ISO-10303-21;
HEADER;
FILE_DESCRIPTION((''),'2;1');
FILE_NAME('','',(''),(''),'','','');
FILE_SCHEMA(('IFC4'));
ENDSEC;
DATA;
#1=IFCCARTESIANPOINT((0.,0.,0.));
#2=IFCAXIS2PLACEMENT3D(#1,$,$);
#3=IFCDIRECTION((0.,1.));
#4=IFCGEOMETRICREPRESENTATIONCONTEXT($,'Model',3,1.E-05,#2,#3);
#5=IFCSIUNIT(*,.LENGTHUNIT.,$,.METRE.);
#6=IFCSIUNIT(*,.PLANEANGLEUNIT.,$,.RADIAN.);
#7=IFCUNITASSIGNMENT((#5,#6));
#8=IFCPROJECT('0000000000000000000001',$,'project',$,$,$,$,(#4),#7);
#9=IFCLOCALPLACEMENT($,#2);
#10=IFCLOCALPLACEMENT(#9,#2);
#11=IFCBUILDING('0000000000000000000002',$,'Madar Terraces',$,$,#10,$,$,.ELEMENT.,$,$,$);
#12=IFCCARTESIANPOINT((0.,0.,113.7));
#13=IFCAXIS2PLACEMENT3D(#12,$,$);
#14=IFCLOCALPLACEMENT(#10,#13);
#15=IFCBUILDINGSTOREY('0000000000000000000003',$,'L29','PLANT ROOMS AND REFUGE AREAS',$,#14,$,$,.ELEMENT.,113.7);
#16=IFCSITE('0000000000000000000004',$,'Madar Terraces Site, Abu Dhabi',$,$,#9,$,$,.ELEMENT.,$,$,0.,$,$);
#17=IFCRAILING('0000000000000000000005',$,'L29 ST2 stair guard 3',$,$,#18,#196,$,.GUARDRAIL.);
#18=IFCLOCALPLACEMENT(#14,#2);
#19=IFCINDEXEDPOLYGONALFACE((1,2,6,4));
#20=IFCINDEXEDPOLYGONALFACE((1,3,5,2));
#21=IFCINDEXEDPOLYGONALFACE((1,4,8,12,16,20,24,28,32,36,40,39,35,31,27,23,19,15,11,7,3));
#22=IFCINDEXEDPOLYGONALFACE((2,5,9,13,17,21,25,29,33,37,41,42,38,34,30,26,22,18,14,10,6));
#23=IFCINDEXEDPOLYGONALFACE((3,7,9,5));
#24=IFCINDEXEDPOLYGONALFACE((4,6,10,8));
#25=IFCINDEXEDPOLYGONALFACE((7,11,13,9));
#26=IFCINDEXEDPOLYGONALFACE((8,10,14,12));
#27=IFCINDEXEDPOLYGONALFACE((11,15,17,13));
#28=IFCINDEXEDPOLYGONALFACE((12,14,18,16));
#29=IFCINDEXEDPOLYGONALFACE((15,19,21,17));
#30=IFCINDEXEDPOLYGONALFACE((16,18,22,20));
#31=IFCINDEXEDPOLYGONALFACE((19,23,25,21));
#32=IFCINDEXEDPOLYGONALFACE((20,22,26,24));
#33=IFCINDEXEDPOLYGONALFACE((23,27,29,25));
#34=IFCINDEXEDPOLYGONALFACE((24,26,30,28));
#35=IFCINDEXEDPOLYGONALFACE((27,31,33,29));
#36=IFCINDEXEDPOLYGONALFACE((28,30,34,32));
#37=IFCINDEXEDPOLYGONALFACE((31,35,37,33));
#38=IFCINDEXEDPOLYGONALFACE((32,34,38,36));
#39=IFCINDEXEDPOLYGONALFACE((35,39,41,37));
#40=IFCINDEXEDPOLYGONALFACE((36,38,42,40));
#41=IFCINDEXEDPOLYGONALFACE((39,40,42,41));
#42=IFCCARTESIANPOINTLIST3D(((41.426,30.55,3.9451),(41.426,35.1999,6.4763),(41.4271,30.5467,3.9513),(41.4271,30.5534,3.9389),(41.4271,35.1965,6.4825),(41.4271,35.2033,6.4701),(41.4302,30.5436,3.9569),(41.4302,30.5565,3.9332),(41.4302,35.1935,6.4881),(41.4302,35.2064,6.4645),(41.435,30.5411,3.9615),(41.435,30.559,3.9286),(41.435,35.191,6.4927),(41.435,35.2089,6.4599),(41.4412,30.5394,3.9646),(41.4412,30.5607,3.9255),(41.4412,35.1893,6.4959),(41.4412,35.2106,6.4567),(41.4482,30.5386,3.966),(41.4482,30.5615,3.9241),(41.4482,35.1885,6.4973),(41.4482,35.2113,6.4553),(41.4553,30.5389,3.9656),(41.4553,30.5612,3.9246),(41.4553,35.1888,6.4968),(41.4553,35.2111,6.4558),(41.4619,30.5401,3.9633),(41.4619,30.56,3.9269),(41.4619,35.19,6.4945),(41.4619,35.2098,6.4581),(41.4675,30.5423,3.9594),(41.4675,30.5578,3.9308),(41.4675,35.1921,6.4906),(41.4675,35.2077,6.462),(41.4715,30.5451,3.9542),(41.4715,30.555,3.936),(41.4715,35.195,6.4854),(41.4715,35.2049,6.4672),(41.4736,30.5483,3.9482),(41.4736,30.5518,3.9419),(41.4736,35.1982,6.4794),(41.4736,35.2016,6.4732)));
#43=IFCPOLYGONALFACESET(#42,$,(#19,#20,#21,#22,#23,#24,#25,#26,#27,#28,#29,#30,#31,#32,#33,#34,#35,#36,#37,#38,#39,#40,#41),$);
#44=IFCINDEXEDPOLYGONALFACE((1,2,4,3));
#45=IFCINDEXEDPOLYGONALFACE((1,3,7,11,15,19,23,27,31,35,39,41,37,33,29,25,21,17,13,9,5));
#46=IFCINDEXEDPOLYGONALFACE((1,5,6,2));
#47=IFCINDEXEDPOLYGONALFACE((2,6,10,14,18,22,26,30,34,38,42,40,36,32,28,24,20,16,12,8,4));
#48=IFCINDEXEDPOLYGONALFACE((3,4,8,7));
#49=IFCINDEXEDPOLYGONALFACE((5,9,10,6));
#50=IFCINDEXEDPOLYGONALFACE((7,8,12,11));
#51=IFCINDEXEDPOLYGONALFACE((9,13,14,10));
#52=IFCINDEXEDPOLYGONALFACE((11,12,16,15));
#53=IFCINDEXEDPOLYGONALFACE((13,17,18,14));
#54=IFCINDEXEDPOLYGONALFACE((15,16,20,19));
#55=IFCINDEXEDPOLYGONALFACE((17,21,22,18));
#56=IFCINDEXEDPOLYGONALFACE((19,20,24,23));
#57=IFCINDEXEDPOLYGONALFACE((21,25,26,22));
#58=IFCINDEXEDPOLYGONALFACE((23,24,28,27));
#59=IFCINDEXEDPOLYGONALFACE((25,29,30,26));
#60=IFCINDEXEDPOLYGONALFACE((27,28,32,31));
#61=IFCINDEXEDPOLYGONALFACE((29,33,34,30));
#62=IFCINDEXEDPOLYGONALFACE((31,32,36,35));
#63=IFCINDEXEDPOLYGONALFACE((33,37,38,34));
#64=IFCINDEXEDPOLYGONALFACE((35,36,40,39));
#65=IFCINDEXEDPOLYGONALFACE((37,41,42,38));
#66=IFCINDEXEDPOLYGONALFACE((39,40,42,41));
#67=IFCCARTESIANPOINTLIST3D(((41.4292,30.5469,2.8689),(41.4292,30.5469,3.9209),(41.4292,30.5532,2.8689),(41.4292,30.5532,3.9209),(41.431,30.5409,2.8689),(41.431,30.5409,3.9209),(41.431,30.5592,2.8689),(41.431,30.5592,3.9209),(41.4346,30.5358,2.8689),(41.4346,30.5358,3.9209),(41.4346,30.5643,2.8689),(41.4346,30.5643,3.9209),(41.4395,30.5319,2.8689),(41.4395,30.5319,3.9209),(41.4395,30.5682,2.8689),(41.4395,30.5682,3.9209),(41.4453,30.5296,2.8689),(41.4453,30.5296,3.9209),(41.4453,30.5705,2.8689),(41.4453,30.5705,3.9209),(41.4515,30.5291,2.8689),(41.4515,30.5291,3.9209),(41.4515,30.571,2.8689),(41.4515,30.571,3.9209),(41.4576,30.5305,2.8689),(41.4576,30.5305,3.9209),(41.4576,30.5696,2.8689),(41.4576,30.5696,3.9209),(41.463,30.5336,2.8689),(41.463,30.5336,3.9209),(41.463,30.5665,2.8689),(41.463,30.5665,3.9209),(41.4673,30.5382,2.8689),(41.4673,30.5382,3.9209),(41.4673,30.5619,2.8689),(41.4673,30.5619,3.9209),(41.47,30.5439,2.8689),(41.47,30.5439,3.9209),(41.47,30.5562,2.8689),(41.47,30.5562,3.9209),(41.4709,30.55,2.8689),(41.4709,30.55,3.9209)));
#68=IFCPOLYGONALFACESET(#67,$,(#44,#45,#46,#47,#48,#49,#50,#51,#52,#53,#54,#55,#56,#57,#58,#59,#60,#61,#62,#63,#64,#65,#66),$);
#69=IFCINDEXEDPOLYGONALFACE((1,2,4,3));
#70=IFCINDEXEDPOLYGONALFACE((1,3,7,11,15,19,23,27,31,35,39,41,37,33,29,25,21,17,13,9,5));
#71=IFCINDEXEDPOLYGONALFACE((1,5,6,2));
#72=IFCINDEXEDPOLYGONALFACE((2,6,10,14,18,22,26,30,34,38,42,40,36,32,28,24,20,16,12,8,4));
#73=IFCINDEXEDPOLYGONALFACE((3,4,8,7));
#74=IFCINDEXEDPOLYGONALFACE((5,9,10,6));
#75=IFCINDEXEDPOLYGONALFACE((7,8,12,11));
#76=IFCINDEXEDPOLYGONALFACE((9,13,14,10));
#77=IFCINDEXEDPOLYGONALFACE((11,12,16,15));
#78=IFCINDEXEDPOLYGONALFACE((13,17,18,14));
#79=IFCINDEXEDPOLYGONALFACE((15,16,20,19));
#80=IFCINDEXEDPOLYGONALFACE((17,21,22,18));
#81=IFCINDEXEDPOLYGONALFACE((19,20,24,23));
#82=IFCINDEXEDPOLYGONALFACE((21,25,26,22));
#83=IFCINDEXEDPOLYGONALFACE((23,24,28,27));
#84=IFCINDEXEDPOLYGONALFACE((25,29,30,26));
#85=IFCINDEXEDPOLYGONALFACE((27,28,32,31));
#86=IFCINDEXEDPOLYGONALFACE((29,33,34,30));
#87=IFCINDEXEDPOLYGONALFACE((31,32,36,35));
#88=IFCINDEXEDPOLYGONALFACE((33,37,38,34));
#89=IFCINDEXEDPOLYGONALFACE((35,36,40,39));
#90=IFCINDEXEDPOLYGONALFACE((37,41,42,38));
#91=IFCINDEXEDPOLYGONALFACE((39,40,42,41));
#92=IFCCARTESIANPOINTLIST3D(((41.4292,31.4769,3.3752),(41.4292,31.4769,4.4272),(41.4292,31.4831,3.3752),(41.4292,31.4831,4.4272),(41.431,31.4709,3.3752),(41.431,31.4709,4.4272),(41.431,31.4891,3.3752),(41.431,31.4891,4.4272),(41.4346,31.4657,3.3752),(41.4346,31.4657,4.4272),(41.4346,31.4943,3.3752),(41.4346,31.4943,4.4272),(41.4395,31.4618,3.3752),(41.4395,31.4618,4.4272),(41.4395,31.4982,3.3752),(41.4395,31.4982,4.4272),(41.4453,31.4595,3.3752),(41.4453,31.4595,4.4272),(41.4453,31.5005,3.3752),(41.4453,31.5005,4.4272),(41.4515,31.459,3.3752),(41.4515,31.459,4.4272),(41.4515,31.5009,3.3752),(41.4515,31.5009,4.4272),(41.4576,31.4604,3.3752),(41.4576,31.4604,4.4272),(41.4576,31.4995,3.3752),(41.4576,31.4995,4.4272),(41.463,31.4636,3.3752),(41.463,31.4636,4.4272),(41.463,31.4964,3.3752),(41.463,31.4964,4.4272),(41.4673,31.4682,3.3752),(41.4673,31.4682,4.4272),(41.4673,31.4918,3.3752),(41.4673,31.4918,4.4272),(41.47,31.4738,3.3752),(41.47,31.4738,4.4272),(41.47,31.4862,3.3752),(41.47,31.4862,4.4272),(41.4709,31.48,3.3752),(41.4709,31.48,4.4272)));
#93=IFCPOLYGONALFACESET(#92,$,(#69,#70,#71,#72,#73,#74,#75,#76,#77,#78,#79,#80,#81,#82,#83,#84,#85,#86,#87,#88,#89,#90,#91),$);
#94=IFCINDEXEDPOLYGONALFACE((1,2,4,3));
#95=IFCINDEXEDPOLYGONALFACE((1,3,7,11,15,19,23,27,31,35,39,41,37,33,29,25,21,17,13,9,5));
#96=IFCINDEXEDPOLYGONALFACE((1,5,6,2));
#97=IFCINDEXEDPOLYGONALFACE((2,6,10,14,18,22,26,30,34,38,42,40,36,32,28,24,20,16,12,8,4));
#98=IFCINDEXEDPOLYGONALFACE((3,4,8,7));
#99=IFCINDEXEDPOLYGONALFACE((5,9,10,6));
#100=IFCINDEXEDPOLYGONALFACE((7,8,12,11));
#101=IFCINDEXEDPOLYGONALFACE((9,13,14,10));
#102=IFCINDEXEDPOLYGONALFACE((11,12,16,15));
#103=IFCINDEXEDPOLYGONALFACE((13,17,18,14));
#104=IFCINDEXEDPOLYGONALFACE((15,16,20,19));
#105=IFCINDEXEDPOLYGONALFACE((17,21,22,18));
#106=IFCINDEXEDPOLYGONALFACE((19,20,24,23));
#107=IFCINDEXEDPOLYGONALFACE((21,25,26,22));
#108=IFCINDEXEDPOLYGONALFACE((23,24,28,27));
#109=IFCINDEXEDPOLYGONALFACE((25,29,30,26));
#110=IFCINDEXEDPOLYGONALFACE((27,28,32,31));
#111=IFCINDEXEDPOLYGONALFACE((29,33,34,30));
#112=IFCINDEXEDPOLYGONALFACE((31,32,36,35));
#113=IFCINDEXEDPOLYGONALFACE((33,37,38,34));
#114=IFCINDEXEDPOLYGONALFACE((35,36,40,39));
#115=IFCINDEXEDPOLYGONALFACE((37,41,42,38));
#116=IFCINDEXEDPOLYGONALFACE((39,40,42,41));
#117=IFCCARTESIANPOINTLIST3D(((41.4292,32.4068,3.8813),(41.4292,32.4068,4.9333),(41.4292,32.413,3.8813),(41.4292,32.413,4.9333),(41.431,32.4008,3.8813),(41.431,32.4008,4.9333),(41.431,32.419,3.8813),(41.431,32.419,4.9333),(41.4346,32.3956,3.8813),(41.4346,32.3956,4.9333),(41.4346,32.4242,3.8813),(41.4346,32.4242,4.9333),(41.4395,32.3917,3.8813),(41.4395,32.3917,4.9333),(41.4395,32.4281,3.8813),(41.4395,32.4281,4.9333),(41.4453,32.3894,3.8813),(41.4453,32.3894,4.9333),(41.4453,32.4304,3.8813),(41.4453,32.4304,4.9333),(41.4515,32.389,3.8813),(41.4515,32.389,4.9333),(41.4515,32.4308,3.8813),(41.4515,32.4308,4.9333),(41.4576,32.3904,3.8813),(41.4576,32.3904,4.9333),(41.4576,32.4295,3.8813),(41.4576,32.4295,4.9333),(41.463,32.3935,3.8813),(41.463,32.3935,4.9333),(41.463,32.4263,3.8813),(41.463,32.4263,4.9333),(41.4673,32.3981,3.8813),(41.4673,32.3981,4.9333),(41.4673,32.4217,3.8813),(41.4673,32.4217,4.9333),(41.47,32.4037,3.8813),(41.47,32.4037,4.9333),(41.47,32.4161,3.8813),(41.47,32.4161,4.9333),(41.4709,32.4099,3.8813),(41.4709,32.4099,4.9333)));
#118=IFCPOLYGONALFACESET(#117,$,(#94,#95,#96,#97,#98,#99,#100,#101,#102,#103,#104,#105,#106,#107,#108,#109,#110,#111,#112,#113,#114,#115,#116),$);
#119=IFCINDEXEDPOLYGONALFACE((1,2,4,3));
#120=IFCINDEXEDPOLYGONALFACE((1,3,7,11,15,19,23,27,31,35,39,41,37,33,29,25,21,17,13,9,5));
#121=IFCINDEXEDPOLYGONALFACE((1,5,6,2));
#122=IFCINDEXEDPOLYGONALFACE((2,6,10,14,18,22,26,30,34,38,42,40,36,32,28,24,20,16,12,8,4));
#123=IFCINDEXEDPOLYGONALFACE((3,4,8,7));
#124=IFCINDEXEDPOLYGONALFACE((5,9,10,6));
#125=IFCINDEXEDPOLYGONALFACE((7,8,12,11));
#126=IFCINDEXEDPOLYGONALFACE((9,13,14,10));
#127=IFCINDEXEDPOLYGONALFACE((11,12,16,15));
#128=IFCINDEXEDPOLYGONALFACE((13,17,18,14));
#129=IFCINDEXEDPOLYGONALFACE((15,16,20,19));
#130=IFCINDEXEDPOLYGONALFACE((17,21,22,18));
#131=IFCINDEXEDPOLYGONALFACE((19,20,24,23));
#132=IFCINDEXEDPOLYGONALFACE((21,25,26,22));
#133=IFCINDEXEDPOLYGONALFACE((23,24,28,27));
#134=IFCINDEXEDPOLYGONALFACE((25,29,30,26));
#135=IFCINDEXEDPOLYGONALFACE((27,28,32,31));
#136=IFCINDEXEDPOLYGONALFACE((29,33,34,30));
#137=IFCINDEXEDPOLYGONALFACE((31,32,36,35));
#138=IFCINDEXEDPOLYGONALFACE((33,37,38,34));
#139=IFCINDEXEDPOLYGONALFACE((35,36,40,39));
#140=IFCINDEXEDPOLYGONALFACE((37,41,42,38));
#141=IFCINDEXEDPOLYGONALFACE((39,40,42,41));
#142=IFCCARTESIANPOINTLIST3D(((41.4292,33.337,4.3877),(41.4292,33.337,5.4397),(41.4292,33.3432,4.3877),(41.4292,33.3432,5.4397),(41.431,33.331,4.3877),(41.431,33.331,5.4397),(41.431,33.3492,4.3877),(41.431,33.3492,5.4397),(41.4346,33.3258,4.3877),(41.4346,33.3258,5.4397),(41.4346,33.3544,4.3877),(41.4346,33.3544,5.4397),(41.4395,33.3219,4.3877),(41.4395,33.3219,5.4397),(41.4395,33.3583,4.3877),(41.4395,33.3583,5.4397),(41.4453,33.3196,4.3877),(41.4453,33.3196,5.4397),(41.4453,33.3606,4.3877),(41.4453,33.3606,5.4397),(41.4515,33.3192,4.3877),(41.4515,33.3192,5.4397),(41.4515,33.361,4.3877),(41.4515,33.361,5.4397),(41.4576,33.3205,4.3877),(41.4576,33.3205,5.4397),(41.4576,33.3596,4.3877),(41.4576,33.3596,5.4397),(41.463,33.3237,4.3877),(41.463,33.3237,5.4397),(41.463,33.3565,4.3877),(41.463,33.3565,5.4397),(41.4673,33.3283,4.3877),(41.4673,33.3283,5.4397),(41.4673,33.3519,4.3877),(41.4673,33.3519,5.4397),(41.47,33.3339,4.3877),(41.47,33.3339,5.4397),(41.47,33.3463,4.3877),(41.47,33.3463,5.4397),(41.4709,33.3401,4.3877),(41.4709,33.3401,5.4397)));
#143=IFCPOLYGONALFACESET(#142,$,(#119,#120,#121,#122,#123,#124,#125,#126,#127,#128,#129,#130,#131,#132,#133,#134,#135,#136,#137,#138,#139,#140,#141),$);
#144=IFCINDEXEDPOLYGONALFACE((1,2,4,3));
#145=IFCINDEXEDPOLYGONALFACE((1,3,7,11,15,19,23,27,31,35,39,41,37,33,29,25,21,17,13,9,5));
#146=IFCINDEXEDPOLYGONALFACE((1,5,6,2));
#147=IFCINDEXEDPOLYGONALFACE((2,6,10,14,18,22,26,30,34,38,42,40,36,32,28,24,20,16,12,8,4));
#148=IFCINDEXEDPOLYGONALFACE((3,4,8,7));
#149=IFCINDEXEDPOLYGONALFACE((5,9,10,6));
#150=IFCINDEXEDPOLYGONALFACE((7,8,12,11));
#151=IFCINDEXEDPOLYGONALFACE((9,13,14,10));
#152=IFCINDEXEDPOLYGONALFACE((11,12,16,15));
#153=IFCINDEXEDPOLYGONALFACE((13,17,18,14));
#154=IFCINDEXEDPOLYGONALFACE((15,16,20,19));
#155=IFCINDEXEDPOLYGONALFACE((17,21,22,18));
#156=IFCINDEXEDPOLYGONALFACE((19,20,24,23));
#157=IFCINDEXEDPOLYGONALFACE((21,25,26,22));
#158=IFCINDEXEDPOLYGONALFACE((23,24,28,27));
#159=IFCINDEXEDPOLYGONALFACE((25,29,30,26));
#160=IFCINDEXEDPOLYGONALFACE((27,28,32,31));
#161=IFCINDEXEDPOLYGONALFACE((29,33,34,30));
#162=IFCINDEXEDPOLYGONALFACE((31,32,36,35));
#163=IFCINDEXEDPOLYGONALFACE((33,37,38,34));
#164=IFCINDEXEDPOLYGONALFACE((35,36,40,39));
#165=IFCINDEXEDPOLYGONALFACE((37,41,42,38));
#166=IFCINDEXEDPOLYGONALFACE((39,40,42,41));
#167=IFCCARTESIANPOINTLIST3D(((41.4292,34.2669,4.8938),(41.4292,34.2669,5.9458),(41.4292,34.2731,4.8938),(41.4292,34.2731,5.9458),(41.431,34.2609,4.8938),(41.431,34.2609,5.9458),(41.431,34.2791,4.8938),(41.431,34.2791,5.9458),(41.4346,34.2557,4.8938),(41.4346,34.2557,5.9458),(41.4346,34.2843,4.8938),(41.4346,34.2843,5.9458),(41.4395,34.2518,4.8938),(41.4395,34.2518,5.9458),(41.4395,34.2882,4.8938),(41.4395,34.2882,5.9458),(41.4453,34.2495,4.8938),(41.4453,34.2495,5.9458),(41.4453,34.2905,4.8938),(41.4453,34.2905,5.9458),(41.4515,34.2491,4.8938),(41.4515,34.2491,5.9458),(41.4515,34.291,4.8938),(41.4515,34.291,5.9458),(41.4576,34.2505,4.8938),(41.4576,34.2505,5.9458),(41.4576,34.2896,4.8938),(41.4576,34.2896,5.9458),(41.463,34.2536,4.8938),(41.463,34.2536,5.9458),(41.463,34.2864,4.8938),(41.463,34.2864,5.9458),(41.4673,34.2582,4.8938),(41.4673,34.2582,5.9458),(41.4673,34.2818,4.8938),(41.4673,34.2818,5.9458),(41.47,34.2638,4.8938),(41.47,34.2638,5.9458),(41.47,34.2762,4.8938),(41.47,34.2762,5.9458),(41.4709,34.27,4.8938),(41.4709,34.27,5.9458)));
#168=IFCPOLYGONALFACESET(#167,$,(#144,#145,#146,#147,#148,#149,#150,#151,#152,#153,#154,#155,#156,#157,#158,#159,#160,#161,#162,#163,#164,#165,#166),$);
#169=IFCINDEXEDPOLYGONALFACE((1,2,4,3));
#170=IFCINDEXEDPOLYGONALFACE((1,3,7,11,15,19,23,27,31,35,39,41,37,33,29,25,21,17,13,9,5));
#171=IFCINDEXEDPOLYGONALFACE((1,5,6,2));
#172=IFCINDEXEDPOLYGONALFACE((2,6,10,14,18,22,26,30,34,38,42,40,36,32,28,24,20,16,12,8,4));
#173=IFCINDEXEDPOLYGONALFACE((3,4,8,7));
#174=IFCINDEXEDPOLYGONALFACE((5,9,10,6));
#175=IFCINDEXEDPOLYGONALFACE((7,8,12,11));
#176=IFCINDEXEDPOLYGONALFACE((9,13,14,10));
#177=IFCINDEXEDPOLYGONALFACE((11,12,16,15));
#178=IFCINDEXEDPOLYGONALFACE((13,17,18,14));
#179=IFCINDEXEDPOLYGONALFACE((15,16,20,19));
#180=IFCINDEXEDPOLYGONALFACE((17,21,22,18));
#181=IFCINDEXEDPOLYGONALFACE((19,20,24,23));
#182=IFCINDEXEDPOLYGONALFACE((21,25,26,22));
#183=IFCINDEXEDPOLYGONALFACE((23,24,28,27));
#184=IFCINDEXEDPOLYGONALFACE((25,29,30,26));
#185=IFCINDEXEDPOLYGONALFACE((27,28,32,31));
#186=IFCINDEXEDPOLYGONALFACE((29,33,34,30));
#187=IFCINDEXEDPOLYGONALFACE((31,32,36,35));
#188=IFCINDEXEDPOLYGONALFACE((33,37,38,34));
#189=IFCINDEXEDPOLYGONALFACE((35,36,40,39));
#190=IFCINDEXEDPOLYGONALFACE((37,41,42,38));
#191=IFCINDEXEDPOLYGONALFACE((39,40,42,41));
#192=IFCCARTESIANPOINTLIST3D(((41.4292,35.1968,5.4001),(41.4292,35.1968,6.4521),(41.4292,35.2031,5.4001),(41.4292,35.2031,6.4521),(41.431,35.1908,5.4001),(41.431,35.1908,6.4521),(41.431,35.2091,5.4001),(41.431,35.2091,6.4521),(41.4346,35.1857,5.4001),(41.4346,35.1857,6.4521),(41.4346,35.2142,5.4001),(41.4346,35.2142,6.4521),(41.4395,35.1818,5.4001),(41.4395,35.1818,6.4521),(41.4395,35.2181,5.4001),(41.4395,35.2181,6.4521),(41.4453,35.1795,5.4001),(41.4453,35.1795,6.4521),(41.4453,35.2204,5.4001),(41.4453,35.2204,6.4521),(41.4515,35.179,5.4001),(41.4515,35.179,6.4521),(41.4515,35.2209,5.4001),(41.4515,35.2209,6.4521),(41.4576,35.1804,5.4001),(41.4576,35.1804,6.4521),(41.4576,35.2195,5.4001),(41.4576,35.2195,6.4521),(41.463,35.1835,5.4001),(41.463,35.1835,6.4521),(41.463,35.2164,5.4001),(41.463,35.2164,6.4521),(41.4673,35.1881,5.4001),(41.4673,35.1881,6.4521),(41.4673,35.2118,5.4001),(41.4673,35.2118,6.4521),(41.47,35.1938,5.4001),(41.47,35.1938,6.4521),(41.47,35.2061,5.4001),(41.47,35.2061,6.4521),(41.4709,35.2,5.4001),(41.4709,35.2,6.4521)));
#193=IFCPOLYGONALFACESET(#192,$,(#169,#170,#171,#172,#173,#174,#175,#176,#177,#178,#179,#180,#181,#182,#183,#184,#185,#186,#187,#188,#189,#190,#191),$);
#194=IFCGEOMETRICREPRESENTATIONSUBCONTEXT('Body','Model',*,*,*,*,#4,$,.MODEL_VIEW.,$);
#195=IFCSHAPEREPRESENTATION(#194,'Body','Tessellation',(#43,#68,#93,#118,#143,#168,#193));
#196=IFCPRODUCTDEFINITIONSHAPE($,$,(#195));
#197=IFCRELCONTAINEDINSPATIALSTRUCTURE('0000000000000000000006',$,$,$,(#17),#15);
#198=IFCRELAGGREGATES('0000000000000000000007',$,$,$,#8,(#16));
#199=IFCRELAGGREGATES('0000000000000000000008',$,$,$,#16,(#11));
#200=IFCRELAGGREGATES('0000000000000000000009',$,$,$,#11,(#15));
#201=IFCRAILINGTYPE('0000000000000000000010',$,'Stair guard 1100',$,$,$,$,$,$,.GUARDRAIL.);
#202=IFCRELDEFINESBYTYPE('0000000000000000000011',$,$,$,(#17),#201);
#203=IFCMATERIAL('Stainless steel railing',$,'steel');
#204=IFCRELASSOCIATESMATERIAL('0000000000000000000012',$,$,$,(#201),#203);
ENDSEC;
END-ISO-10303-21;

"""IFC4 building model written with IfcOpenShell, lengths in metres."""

from ifc_helpers import new_model, si_unit, direction, frame, origin, origin_2d, place, context, subcontext, project, spatial, circle, extrude, material, type_object, element, save


model = new_model("IFC4")

# Units and contexts
model_context = context("Model", 3, precision=1e-05, world=origin(), true_north=direction((0.0, 1.0)))
body_context = subcontext(model_context, "Body", "Model", "MODEL_VIEW")
ifc_project = project(units=[si_unit("LENGTHUNIT", "METRE"), si_unit("PLANEANGLEUNIT", "RADIAN")], contexts=[model_context])

# Site, building, storey
site_placement = place(None, origin())
site = spatial("IfcSite", under=ifc_project, at=site_placement, Name="Madar Terraces Site, Abu Dhabi", CompositionType="ELEMENT", RefElevation=0.0)
building_placement = place(site_placement, origin())
building = spatial("IfcBuilding", under=site, at=building_placement, Name="Madar Terraces", CompositionType="ELEMENT")
storey_placement = place(building_placement, frame((0.0, 0.0, 113.7)))
storey = spatial("IfcBuildingStorey", under=building, at=storey_placement, Name="L29", Description="PLANT ROOMS AND REFUGE AREAS", CompositionType="ELEMENT", Elevation=113.7)

# Railing
ifc_material_1 = material(Name="Stainless steel railing", Category="steel")
railing_type_1 = type_object("IfcRailingType", Name="Stair guard 1100", PredefinedType="GUARDRAIL", material=ifc_material_1)
railing_1_placement = place(storey_placement, frame((41.45, 30.55, 2.8689)))
element("IfcRailing", 1, at=railing_1_placement, inside=storey, type_object=railing_type_1, Name="L29 ST2 stair guard 3", PredefinedType="GUARDRAIL", context=body_context, shape_type="SweptSolid", body=[
    extrude(circle(Radius=0.0239, at=origin_2d()), frame((0.0, 0.0, 1.0762), z_axis=(0.0, 0.878297, 0.478115), x_axis=(-1.0, 0.0, 0.0)), (0.0, 0.0, 1.0), 5.2942),
    extrude(circle(Radius=0.021, at=origin_2d()), origin(), (0.0, 0.0, 1.0), 1.052),
    extrude(circle(Radius=0.021, at=origin_2d()), frame((0.0, 0.9299, 0.5063)), (0.0, 0.0, 1.0), 1.052),
    extrude(circle(Radius=0.021, at=origin_2d()), frame((0.0, 1.8599, 1.0125)), (0.0, 0.0, 1.0), 1.052),
    extrude(circle(Radius=0.021, at=origin_2d()), frame((0.0, 2.79, 1.5188)), (0.0, 0.0, 1.0), 1.052),
    extrude(circle(Radius=0.021, at=origin_2d()), frame((0.0, 3.72, 2.0249)), (0.0, 0.0, 1.0), 1.052),
    extrude(circle(Radius=0.021, at=origin_2d()), frame((0.0, 4.6499, 2.5312)), (0.0, 0.0, 1.0), 1.052),
])

save(model, "model.ifc")
